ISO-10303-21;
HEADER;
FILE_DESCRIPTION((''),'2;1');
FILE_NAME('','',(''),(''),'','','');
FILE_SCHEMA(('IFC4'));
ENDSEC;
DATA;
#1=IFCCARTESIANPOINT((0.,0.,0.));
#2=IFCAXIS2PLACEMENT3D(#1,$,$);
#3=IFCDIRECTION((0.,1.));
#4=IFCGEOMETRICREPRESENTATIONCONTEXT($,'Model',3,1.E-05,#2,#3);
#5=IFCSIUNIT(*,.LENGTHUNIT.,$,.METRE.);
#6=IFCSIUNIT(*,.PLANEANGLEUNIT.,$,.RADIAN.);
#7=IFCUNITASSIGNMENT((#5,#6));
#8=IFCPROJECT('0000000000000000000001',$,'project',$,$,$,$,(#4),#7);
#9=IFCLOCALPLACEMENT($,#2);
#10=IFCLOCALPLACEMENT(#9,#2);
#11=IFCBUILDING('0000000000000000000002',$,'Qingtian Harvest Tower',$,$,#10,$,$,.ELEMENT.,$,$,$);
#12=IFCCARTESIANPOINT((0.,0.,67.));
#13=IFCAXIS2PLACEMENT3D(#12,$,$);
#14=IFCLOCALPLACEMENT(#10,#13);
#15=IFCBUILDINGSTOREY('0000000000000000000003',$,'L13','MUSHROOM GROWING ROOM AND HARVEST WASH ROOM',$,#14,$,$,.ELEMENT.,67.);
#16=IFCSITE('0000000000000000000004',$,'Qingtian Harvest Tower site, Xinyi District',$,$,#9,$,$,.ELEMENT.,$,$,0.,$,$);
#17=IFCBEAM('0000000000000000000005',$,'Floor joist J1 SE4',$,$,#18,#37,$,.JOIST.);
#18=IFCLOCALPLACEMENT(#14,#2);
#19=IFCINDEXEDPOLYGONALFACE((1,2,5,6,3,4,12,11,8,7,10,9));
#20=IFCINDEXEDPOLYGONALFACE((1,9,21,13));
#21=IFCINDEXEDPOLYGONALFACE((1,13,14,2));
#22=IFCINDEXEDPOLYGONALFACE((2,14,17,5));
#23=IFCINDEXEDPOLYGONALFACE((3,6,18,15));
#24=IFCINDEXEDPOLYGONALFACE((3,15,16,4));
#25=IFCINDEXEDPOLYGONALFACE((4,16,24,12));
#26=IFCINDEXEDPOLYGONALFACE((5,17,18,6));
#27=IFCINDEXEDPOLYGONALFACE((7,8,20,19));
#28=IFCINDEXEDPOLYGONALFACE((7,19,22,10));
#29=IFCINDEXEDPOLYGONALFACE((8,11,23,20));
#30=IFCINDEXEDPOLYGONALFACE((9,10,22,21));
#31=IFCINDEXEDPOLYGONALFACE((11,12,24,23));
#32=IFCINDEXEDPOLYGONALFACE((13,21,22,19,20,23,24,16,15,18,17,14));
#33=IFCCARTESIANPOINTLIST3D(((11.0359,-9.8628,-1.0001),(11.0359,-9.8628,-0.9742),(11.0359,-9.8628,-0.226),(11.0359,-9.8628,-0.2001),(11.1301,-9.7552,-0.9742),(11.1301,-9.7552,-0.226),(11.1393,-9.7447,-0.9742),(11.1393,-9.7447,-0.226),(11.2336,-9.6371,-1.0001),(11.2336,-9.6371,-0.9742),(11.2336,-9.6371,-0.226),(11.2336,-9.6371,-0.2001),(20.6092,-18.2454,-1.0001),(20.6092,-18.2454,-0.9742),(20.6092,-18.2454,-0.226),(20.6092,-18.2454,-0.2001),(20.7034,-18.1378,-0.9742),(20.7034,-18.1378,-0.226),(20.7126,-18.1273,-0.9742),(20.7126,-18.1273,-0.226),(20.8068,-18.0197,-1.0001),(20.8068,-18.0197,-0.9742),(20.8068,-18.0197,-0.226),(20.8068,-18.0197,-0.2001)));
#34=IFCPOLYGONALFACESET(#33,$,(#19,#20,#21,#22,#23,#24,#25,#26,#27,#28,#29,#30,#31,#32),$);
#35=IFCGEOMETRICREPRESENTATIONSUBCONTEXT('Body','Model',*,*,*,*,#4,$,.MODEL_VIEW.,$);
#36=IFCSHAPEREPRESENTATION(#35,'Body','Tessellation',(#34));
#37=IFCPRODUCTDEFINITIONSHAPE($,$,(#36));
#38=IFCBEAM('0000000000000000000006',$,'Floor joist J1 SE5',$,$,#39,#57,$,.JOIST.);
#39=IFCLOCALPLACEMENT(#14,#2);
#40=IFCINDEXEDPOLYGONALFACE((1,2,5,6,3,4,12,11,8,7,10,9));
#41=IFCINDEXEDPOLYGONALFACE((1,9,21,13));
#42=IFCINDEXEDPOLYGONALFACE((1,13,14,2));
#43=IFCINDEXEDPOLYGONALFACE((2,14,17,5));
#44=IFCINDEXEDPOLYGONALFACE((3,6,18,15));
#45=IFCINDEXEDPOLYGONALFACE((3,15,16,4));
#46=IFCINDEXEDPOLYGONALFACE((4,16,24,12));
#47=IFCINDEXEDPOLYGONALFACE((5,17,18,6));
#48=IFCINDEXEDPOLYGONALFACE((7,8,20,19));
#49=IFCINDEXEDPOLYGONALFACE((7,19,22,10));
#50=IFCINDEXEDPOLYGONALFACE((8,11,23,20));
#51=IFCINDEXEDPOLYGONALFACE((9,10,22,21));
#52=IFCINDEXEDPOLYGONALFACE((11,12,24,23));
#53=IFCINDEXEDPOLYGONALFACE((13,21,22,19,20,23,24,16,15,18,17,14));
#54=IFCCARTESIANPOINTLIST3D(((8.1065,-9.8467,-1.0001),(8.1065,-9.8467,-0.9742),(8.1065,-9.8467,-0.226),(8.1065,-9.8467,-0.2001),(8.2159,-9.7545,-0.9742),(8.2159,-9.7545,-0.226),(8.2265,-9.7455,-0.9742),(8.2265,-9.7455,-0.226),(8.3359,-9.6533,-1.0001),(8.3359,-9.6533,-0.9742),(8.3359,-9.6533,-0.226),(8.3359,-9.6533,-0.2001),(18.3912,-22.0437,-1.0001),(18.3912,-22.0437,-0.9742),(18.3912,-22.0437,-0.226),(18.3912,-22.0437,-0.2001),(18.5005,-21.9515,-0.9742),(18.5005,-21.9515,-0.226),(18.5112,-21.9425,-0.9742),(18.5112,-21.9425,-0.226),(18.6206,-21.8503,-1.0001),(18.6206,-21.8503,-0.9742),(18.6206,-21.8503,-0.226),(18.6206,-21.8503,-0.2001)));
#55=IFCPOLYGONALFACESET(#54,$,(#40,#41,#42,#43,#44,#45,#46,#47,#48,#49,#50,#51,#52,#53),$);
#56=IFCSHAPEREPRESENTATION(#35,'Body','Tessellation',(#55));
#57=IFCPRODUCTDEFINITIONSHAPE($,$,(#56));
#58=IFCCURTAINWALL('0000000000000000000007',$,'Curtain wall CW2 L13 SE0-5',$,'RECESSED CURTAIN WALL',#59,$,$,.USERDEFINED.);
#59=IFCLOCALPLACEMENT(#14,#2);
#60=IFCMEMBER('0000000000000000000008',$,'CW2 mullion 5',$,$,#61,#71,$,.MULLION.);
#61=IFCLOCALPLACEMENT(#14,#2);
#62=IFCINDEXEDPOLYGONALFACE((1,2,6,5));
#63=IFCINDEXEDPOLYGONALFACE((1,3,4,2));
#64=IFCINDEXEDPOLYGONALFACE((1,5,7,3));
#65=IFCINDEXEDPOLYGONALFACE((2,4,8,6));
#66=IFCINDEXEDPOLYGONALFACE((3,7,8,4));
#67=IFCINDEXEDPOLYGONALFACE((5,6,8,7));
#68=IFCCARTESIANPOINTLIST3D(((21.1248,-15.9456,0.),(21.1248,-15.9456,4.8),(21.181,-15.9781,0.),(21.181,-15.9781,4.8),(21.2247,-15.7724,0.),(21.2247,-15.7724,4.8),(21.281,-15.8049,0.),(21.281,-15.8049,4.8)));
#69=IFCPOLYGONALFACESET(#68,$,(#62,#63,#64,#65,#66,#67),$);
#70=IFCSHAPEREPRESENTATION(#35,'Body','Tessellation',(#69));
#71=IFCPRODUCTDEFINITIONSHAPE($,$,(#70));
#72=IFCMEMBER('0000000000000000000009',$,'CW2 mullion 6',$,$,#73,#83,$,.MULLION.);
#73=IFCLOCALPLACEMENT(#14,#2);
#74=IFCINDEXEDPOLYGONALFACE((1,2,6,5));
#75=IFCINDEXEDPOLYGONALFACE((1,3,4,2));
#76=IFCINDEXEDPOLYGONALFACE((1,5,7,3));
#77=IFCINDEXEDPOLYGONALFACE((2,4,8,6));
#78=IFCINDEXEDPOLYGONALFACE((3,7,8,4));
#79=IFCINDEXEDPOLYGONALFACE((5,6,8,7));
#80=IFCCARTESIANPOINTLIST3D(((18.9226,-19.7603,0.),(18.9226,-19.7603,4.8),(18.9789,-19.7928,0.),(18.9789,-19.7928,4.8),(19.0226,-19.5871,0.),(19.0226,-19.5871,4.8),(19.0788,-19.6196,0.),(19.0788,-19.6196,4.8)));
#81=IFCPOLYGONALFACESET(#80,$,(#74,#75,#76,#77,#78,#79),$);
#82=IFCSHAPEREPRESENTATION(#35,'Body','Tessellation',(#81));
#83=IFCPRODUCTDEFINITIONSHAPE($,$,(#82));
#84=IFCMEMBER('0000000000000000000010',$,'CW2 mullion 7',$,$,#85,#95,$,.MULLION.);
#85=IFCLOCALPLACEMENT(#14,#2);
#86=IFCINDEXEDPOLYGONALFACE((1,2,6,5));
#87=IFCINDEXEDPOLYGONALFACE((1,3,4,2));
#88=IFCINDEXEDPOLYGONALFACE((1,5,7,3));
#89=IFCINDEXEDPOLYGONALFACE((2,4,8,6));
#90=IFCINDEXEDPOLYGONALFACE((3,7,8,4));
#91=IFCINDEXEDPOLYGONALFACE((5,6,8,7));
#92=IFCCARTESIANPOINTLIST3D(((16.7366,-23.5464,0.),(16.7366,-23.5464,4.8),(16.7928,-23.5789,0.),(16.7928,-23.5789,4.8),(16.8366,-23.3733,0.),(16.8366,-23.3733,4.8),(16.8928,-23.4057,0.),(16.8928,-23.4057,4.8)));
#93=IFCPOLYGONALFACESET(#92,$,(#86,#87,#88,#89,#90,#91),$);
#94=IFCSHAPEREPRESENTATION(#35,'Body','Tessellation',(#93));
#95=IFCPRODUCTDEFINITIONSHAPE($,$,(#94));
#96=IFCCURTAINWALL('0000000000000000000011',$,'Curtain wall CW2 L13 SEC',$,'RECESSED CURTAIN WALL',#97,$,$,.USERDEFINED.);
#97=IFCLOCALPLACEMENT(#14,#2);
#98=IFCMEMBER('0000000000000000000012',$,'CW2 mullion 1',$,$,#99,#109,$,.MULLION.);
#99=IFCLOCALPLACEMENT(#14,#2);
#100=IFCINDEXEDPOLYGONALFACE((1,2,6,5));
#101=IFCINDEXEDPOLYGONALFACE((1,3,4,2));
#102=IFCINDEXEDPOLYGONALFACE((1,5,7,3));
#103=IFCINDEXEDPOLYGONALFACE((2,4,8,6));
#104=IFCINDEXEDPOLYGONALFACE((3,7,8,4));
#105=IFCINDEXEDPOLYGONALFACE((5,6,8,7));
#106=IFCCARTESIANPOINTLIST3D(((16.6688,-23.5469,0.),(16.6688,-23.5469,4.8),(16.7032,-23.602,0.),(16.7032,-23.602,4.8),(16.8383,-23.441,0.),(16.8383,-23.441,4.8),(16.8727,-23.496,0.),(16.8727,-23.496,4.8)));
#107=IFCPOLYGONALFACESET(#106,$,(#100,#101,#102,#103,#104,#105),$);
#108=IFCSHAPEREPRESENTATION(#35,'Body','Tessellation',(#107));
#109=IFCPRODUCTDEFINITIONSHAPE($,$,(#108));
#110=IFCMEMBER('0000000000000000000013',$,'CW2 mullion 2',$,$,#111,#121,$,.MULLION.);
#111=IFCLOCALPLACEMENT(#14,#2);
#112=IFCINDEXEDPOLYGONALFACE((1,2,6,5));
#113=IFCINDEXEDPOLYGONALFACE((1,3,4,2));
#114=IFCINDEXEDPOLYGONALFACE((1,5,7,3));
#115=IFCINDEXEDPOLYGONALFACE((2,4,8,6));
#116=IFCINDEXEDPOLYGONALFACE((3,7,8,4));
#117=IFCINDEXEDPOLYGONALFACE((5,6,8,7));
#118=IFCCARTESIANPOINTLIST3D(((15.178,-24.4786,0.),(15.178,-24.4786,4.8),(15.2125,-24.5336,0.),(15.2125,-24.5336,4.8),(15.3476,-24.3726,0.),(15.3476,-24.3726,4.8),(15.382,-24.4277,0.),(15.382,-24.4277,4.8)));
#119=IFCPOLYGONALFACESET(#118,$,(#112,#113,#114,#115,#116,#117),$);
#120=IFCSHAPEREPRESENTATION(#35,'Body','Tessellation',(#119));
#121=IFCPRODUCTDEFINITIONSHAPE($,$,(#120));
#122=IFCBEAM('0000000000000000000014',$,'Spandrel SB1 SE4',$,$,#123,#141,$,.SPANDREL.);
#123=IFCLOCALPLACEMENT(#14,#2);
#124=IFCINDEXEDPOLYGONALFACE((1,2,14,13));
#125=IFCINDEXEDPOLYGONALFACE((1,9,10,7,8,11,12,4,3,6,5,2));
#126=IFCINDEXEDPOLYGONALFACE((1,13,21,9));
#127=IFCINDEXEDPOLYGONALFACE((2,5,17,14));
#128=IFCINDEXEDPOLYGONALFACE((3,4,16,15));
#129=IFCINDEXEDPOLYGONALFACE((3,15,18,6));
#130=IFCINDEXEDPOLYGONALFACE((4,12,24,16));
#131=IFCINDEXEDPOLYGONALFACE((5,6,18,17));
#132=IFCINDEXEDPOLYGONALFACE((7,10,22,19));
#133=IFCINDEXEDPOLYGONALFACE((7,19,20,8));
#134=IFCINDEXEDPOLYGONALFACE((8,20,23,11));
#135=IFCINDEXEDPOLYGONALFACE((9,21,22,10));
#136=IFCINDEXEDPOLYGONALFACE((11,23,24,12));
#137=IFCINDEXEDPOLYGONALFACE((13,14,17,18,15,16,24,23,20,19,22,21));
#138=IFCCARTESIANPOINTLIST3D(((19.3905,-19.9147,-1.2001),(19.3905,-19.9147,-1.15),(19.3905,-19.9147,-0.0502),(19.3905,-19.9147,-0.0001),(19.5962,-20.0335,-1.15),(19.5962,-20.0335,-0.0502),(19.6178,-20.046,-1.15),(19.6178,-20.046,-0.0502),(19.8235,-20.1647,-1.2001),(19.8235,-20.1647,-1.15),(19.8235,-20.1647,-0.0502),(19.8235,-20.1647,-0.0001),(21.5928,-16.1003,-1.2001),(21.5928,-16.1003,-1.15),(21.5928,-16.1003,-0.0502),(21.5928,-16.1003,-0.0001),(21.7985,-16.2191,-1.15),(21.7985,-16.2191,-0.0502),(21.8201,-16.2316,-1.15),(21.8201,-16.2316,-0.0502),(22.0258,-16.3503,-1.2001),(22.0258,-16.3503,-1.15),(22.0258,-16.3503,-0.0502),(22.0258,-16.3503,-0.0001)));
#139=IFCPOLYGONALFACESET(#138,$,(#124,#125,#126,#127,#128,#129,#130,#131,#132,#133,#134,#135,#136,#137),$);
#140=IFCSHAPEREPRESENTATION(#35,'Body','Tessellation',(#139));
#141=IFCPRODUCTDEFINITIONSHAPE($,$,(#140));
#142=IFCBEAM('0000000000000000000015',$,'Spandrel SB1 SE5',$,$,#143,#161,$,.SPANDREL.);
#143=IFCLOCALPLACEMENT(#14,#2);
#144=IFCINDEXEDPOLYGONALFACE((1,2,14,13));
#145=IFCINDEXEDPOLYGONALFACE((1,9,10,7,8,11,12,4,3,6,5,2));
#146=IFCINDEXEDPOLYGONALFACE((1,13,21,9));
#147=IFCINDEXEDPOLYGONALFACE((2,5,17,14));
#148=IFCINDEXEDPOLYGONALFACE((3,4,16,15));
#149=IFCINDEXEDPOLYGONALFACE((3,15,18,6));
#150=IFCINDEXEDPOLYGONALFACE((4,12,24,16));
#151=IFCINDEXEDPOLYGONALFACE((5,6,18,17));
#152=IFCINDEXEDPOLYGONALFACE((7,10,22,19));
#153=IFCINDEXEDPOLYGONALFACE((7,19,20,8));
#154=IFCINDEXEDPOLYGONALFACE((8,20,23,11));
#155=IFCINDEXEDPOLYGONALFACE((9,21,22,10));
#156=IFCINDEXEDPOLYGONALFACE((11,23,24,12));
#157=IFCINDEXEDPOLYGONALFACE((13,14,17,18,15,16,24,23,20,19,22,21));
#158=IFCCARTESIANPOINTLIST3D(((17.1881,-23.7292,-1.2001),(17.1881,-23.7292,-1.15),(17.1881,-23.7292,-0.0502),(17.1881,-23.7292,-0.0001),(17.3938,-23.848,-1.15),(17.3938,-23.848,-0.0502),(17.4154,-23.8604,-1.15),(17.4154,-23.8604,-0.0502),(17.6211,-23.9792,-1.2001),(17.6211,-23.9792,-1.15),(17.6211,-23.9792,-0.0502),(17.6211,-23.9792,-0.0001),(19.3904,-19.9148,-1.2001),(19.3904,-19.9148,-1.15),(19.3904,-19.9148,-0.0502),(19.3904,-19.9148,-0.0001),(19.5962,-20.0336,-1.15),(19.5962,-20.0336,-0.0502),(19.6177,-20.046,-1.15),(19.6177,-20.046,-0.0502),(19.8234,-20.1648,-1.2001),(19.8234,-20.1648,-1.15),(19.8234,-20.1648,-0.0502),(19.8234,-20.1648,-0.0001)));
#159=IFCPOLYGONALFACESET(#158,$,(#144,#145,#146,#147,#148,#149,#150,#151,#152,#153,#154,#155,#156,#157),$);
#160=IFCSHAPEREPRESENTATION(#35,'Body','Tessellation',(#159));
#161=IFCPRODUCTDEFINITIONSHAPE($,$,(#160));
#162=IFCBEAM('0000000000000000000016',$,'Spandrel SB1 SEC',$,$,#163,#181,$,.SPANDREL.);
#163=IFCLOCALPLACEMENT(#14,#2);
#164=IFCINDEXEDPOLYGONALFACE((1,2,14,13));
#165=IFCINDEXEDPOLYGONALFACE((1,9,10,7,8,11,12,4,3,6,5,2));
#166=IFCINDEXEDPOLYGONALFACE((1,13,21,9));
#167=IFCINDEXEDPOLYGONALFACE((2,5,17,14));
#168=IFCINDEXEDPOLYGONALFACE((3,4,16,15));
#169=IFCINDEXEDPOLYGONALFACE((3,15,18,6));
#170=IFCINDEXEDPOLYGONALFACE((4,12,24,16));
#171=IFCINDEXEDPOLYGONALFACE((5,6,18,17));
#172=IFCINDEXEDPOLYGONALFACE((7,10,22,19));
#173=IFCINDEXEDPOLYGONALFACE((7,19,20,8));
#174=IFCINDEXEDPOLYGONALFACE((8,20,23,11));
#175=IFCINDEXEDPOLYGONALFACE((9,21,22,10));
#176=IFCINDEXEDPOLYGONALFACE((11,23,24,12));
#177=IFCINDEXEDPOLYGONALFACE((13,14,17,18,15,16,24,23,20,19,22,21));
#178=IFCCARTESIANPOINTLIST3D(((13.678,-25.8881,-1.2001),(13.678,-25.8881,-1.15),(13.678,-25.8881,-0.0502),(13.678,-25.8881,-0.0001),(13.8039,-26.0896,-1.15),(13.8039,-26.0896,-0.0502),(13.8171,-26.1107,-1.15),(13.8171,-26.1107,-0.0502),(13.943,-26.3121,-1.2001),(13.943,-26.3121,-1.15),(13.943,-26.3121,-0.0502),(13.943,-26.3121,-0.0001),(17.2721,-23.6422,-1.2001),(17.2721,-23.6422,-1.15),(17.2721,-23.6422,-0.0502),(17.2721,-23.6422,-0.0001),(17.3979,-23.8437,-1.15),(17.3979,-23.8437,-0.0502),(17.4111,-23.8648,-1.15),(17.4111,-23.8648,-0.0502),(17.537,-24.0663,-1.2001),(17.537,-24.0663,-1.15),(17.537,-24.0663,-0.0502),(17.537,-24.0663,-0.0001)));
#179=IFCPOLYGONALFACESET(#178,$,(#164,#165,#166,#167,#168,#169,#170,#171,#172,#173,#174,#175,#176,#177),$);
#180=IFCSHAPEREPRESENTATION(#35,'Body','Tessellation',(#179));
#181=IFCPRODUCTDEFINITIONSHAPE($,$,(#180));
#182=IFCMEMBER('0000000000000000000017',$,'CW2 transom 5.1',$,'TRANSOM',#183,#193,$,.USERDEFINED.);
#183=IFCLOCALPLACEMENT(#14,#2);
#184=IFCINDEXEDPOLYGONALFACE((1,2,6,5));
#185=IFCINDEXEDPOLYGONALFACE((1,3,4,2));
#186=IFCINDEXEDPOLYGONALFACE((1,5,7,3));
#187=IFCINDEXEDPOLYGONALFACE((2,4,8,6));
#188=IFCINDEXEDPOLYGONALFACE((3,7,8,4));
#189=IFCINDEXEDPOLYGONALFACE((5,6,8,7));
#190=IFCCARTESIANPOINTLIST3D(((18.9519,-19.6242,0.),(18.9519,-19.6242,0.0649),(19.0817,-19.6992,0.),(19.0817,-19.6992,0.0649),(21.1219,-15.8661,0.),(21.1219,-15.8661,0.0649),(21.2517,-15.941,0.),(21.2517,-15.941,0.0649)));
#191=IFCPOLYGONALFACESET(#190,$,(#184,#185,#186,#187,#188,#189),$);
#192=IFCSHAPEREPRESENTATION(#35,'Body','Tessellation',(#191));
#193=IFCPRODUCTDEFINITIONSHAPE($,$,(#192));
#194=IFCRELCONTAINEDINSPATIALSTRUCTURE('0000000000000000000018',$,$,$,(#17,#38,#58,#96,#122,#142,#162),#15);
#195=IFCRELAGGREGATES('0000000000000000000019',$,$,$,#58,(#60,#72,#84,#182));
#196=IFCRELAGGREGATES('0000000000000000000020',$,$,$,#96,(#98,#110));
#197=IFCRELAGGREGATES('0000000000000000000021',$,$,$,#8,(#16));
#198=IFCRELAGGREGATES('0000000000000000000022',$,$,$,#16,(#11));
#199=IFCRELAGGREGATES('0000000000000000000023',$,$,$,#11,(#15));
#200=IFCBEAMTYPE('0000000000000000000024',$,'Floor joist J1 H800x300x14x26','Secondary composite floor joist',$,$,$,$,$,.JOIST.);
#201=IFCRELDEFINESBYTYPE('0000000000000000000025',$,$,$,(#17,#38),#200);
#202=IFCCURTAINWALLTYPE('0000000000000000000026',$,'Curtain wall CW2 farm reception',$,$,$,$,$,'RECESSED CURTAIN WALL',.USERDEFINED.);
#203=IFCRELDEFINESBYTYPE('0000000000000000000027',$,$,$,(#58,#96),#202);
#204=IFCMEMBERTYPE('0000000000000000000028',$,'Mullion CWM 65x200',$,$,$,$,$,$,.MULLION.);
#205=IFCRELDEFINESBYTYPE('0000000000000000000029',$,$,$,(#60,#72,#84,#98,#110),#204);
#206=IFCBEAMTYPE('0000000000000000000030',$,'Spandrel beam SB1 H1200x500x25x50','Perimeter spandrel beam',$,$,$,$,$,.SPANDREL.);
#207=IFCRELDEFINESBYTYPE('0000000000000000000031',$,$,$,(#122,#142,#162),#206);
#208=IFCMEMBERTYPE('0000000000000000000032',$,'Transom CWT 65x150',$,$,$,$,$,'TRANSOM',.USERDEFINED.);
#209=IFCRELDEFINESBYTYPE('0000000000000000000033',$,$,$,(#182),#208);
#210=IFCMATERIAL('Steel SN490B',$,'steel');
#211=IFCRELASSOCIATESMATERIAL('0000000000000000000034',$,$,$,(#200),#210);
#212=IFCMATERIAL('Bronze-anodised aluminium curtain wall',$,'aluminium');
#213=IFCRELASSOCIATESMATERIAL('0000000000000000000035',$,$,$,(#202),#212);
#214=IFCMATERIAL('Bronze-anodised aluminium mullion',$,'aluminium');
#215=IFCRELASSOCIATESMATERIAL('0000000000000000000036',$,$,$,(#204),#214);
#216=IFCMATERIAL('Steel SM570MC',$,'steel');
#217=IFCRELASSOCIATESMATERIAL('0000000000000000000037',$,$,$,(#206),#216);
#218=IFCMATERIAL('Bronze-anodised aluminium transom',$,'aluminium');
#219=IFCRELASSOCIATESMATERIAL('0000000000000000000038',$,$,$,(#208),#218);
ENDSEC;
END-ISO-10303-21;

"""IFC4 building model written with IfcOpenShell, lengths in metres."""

from ifc_helpers import new_model, si_unit, direction, frame, origin, origin_2d, place, context, subcontext, project, spatial, rectangle, i_section, extrude, material, material_profile, profile_set, type_object, element, aggregate, save


model = new_model("IFC4")

# Units and contexts
model_context = context("Model", 3, precision=1e-05, world=origin(), true_north=direction((0.0, 1.0)))
body_context = subcontext(model_context, "Body", "Model", "MODEL_VIEW")
ifc_project = project(units=[si_unit("LENGTHUNIT", "METRE"), si_unit("PLANEANGLEUNIT", "RADIAN")], contexts=[model_context])

# Site, building, storey
site_placement = place(None, origin())
site = spatial("IfcSite", under=ifc_project, at=site_placement, Name="Qingtian Harvest Tower site, Xinyi District", CompositionType="ELEMENT", RefElevation=0.0)
building_placement = place(site_placement, origin())
building = spatial("IfcBuilding", under=site, at=building_placement, Name="Qingtian Harvest Tower", CompositionType="ELEMENT")
storey_placement = place(building_placement, frame((0.0, 0.0, 67.0)))
storey = spatial("IfcBuildingStorey", under=building, at=storey_placement, Name="L13", Description="MUSHROOM GROWING ROOM AND HARVEST WASH ROOM", CompositionType="ELEMENT", Elevation=67.0)

# Beams
ifc_material_1 = material(Name="Steel SN490B", Category="steel")
ifc_material_profile_1 = material_profile(ifc_material_1, i_section(OverallWidth=0.3, OverallDepth=0.8, WebThickness=0.0139, FlangeThickness=0.0259, at=origin_2d()), Name="H800x300x14x26")
ifc_profile_set_1 = profile_set([ifc_material_profile_1], Name="Steel SN490B")
beam_type_1 = type_object("IfcBeamType", Name="Floor joist J1 H800x300x14x26", Description="Secondary composite floor joist", PredefinedType="JOIST", material=ifc_profile_set_1)
beam_1_placement = place(storey_placement, frame((20.708, -18.1326, -0.6001), z_axis=(-0.752344, 0.658771, 0.0), x_axis=(-0.658771, -0.752344, 0.0)))
element("IfcBeam", 1, at=beam_1_placement, inside=storey, type_object=beam_type_1, Name="Floor joist J1 SE4", PredefinedType="JOIST", context=body_context, shape_type="SweptSolid", body=[
    extrude(i_section(OverallWidth=0.3, OverallDepth=0.8, WebThickness=0.0139, FlangeThickness=0.0259, at=origin_2d()), origin(), (0.0, 0.0, 1.0), 12.7246),
])
beam_2_placement = place(storey_placement, frame((18.5059, -21.947, -0.6001), z_axis=(-0.64463, 0.764494, 0.0), x_axis=(-0.764494, -0.64463, 0.0)))
element("IfcBeam", 2, at=beam_2_placement, inside=storey, type_object=beam_type_1, Name="Floor joist J1 SE5", PredefinedType="JOIST", context=body_context, shape_type="SweptSolid", body=[
    extrude(i_section(OverallWidth=0.3, OverallDepth=0.8, WebThickness=0.0139, FlangeThickness=0.0259, at=origin_2d()), origin(), (0.0, 0.0, 1.0), 15.9543),
])

# Curtain walls, members
ifc_material_2 = material(Name="Bronze-anodised aluminium curtain wall", Category="aluminium")
curtain_wall_type = type_object("IfcCurtainWallType", Name="Curtain wall CW2 farm reception", ElementType="RECESSED CURTAIN WALL", PredefinedType="USERDEFINED", material=ifc_material_2)
curtain_wall_1_placement = place(storey_placement, origin())
curtain_wall_1 = element("IfcCurtainWall", 3, at=curtain_wall_1_placement, inside=storey, type_object=curtain_wall_type, Name="Curtain wall CW2 L13 SE0-5", ObjectType="RECESSED CURTAIN WALL", PredefinedType="USERDEFINED")
ifc_material_3 = material(Name="Bronze-anodised aluminium mullion", Category="aluminium")
ifc_material_profile_2 = material_profile(ifc_material_3, rectangle(XDim=0.0649, YDim=0.2, at=origin_2d()), Name="AL 65x200")
ifc_profile_set_2 = profile_set([ifc_material_profile_2], Name="Bronze-anodised aluminium mullion")
member_type_1 = type_object("IfcMemberType", Name="Mullion CWM 65x200", PredefinedType="MULLION", material=ifc_profile_set_2)
member_1_placement = place(storey_placement, frame((21.2029, -15.8752, 0.0), z_axis=(0.0, 0.0, 1.0), x_axis=(0.866025, -0.5, 0.0)))
member_1 = element("IfcMember", 4, at=member_1_placement, type_object=member_type_1, Name="CW2 mullion 5", PredefinedType="MULLION", context=body_context, shape_type="SweptSolid", body=[
    extrude(rectangle(XDim=0.0649, YDim=0.2, at=origin_2d()), origin(), (0.0, 0.0, 1.0), 4.8),
])
member_2_placement = place(storey_placement, frame((19.0007, -19.6899, 0.0), z_axis=(0.0, 0.0, 1.0), x_axis=(0.866025, -0.5, 0.0)))
member_2 = element("IfcMember", 5, at=member_2_placement, type_object=member_type_1, Name="CW2 mullion 6", PredefinedType="MULLION", context=body_context, shape_type="SweptSolid", body=[
    extrude(rectangle(XDim=0.0649, YDim=0.2, at=origin_2d()), origin(), (0.0, 0.0, 1.0), 4.8),
])
member_3_placement = place(storey_placement, frame((16.8147, -23.4761, 0.0), z_axis=(0.0, 0.0, 1.0), x_axis=(0.866025, -0.5, 0.0)))
member_3 = element("IfcMember", 6, at=member_3_placement, type_object=member_type_1, Name="CW2 mullion 7", PredefinedType="MULLION", context=body_context, shape_type="SweptSolid", body=[
    extrude(rectangle(XDim=0.0649, YDim=0.2, at=origin_2d()), origin(), (0.0, 0.0, 1.0), 4.8),
])
curtain_wall_2_placement = place(storey_placement, origin())
curtain_wall_2 = element("IfcCurtainWall", 7, at=curtain_wall_2_placement, inside=storey, type_object=curtain_wall_type, Name="Curtain wall CW2 L13 SEC", ObjectType="RECESSED CURTAIN WALL", PredefinedType="USERDEFINED")
member_4_placement = place(storey_placement, frame((16.7708, -23.5215, 0.0), z_axis=(0.0, 0.0, 1.0), x_axis=(0.529919, -0.848048, 0.0)))
member_4 = element("IfcMember", 8, at=member_4_placement, type_object=member_type_1, Name="CW2 mullion 1", PredefinedType="MULLION", context=body_context, shape_type="SweptSolid", body=[
    extrude(rectangle(XDim=0.0649, YDim=0.2, at=origin_2d()), origin(), (0.0, 0.0, 1.0), 4.8),
])
member_5_placement = place(storey_placement, frame((15.28, -24.4531, 0.0), z_axis=(0.0, 0.0, 1.0), x_axis=(0.529919, -0.848048, 0.0)))
member_5 = element("IfcMember", 9, at=member_5_placement, type_object=member_type_1, Name="CW2 mullion 2", PredefinedType="MULLION", context=body_context, shape_type="SweptSolid", body=[
    extrude(rectangle(XDim=0.0649, YDim=0.2, at=origin_2d()), origin(), (0.0, 0.0, 1.0), 4.8),
])

# Beams
ifc_material_4 = material(Name="Steel SM570MC", Category="steel")
ifc_material_profile_3 = material_profile(ifc_material_4, i_section(OverallWidth=0.5, OverallDepth=1.2, WebThickness=0.0249, FlangeThickness=0.05, at=origin_2d()), Name="H1200x500x25x50")
ifc_profile_set_3 = profile_set([ifc_material_profile_3], Name="Steel SM570MC")
beam_type_2 = type_object("IfcBeamType", Name="Spandrel beam SB1 H1200x500x25x50", Description="Perimeter spandrel beam", PredefinedType="SPANDREL", material=ifc_profile_set_3)
for number, where, z_axis, x_axis, name in (
    (10, (21.8093, -16.2253, -0.6001), (-0.50002, -0.866014, 0.0), (0.866014, -0.50002, 0.0), "Spandrel SB1 SE4"),
    (11, (19.6069, -20.0398, -0.6001), (-0.50002, -0.866014, 0.0), (0.866014, -0.50002, 0.0), "Spandrel SB1 SE5"),
):
    element("IfcBeam", number, at=place(storey_placement, frame(where, z_axis=z_axis, x_axis=x_axis)), inside=storey, type_object=beam_type_2, Name=name, PredefinedType="SPANDREL", context=body_context, shape_type="SweptSolid", body=[
        extrude(i_section(OverallWidth=0.5, OverallDepth=1.2, WebThickness=0.0249, FlangeThickness=0.05, at=origin_2d()), origin(), (0.0, 0.0, 1.0), 4.4045),
    ])
beam_3_placement = place(storey_placement, frame((17.4045, -23.8542, -0.6001), z_axis=(-0.84804, -0.529932, 0.0), x_axis=(0.529932, -0.84804, 0.0)))
element("IfcBeam", 12, at=beam_3_placement, inside=storey, type_object=beam_type_2, Name="Spandrel SB1 SEC", PredefinedType="SPANDREL", context=body_context, shape_type="SweptSolid", body=[
    extrude(i_section(OverallWidth=0.5, OverallDepth=1.2, WebThickness=0.0249, FlangeThickness=0.05, at=origin_2d()), origin(), (0.0, 0.0, 1.0), 4.238),
])

# Member
ifc_material_5 = material(Name="Bronze-anodised aluminium transom", Category="aluminium")
ifc_material_profile_4 = material_profile(ifc_material_5, rectangle(XDim=0.1499, YDim=0.0649, at=origin_2d()), Name="AL 65x150")
ifc_profile_set_4 = profile_set([ifc_material_profile_4], Name="Bronze-anodised aluminium transom")
member_type_2 = type_object("IfcMemberType", Name="Transom CWT 65x150", ElementType="TRANSOM", PredefinedType="USERDEFINED", material=ifc_profile_set_4)
member_6_placement = place(storey_placement, frame((21.1868, -15.9036, 0.0325), z_axis=(-0.500036, -0.866005, 0.0), x_axis=(0.866005, -0.500036, 0.0)))
member_6 = element("IfcMember", 13, at=member_6_placement, type_object=member_type_2, Name="CW2 transom 5.1", ObjectType="TRANSOM", PredefinedType="USERDEFINED", context=body_context, shape_type="SweptSolid", body=[
    extrude(rectangle(XDim=0.1499, YDim=0.0649, at=origin_2d()), origin(), (0.0, 0.0, 1.0), 4.3396),
])

aggregate(curtain_wall_1, [member_1, member_2, member_3, member_6])
aggregate(curtain_wall_2, [member_4, member_5])

save(model, "model.ifc")
